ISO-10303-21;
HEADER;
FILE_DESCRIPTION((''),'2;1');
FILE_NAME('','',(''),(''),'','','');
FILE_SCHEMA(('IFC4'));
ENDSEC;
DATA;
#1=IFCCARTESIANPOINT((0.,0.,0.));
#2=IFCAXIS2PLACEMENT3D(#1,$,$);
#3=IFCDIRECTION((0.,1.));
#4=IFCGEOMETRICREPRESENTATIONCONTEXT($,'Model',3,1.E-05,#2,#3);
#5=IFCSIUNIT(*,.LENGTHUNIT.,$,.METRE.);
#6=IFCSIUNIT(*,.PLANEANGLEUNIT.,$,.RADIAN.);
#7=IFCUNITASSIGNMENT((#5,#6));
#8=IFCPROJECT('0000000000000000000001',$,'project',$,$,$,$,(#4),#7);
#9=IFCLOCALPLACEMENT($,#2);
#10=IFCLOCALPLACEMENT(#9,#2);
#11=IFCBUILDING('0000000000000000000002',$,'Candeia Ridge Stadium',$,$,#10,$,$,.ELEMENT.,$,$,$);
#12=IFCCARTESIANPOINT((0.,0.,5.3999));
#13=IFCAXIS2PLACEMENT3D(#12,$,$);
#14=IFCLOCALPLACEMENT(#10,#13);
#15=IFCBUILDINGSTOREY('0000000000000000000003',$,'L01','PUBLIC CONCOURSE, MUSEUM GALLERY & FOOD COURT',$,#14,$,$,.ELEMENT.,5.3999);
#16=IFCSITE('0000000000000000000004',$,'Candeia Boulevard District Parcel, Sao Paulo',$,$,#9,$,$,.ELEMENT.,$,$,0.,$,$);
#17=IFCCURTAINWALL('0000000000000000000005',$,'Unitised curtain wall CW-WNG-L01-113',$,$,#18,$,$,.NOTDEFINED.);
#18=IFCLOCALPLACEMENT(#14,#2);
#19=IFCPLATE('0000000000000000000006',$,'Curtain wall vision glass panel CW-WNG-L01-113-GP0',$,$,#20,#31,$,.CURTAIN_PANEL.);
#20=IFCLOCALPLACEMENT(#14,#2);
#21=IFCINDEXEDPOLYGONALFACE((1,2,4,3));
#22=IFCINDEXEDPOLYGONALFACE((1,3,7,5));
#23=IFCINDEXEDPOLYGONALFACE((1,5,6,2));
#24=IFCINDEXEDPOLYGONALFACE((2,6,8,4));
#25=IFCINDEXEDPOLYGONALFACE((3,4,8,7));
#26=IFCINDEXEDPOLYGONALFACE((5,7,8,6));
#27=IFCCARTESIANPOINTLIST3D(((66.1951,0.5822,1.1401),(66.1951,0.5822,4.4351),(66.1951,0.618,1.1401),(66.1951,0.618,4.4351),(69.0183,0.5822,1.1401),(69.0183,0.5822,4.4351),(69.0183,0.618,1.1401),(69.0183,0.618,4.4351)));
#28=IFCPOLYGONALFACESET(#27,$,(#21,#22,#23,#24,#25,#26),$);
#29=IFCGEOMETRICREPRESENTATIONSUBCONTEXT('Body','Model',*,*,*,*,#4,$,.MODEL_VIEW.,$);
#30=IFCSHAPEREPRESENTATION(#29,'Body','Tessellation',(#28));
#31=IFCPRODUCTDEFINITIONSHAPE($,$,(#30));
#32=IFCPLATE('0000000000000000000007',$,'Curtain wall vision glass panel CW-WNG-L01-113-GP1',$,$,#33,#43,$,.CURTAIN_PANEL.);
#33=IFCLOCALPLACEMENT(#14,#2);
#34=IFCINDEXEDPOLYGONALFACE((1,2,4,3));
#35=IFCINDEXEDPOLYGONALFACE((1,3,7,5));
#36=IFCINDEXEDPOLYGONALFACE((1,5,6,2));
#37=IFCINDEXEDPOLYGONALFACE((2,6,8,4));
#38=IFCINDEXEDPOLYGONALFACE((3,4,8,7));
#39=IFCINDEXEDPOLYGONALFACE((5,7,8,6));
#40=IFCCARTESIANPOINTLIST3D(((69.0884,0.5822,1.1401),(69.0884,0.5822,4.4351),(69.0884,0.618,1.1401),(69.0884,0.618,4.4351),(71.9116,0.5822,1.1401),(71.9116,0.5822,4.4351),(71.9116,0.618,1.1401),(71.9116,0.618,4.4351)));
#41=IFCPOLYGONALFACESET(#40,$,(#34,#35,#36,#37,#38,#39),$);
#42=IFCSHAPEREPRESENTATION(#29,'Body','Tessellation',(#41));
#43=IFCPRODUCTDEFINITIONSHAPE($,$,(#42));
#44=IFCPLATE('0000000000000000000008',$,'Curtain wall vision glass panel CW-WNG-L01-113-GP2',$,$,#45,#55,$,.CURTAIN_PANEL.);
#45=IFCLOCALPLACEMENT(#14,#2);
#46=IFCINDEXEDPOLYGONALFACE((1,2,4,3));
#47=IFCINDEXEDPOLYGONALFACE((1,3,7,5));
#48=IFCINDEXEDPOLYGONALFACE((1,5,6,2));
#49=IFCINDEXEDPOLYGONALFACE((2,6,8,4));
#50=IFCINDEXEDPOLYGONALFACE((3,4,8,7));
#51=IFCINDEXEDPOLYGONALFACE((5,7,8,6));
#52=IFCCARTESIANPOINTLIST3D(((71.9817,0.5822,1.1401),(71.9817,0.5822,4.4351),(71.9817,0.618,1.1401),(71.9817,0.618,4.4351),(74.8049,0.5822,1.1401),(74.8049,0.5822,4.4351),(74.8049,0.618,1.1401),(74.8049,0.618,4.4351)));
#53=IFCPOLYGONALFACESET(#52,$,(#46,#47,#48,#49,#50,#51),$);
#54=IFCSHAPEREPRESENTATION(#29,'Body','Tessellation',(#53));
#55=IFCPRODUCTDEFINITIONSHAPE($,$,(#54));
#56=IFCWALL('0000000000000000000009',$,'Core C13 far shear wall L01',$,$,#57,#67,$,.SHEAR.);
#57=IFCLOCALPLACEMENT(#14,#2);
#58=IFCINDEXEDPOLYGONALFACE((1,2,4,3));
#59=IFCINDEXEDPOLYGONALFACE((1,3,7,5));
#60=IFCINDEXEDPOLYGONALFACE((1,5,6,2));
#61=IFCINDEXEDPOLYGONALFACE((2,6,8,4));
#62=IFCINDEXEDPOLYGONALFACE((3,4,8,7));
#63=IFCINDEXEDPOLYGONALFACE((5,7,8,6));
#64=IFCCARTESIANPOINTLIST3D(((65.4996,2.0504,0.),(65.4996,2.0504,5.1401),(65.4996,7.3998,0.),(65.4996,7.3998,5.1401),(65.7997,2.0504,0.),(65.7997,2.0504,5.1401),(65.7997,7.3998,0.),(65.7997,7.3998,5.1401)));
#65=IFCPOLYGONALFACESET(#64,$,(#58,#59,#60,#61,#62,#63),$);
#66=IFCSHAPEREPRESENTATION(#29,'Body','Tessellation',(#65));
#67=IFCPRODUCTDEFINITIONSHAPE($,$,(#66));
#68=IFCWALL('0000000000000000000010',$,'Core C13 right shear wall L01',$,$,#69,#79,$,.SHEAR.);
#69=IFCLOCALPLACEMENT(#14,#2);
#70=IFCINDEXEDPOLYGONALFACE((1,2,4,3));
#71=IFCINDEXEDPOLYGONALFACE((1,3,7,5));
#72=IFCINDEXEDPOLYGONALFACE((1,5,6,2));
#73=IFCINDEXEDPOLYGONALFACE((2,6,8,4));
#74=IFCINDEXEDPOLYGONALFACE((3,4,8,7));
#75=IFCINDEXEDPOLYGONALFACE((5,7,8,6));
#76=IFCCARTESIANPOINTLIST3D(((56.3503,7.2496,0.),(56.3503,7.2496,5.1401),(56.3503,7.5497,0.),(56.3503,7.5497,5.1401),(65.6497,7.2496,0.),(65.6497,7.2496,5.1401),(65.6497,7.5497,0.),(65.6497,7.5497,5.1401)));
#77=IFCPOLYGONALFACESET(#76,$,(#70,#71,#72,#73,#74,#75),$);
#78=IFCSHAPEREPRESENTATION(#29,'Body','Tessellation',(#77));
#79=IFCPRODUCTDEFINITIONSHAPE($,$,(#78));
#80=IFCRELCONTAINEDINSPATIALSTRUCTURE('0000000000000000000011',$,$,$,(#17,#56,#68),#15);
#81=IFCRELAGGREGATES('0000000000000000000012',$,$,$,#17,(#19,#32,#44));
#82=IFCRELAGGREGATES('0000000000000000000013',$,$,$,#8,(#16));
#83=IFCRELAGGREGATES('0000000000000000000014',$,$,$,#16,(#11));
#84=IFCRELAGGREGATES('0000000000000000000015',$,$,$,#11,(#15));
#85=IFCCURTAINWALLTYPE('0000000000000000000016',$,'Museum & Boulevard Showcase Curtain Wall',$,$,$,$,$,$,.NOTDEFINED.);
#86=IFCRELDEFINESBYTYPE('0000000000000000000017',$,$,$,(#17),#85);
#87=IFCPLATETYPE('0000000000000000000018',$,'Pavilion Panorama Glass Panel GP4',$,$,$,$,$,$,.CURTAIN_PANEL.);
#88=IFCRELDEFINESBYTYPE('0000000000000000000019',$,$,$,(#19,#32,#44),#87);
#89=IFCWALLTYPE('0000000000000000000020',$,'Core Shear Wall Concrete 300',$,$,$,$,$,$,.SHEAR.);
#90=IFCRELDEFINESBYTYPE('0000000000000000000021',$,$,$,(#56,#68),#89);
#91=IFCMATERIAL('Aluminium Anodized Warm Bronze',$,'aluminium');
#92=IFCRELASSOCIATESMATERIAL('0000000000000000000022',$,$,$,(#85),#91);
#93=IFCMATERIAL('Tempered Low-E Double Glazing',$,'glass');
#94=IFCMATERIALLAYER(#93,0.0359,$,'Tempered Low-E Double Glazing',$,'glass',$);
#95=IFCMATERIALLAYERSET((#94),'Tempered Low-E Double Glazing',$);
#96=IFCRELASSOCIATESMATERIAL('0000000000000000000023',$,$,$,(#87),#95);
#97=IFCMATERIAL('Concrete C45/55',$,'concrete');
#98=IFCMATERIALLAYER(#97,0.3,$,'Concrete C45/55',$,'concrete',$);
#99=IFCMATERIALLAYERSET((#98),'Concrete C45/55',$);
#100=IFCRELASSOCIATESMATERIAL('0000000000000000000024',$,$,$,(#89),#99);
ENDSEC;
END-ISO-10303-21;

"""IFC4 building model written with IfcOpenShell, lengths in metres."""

from ifc_helpers import new_model, si_unit, direction, frame, frame_2d, origin, origin_2d, place, context, subcontext, project, spatial, rectangle, extrude, material, layer, layer_set, type_object, element, aggregate, save


model = new_model("IFC4")

# Units and contexts
model_context = context("Model", 3, precision=1e-05, world=origin(), true_north=direction((0.0, 1.0)))
body_context = subcontext(model_context, "Body", "Model", "MODEL_VIEW")
ifc_project = project(units=[si_unit("LENGTHUNIT", "METRE"), si_unit("PLANEANGLEUNIT", "RADIAN")], contexts=[model_context])

# Site, building, storey
site_placement = place(None, origin())
site = spatial("IfcSite", under=ifc_project, at=site_placement, Name="Candeia Boulevard District Parcel, Sao Paulo", CompositionType="ELEMENT", RefElevation=0.0)
building_placement = place(site_placement, origin())
building = spatial("IfcBuilding", under=site, at=building_placement, Name="Candeia Ridge Stadium", CompositionType="ELEMENT")
storey_placement = place(building_placement, frame((0.0, 0.0, 5.3999)))
storey = spatial("IfcBuildingStorey", under=building, at=storey_placement, Name="L01", Description="PUBLIC CONCOURSE, MUSEUM GALLERY & FOOD COURT", CompositionType="ELEMENT", Elevation=5.3999)

# Shared definitions
ifc_material_1 = material(Name="Concrete C45/55", Category="concrete")

# Curtain wall
ifc_material_2 = material(Name="Aluminium Anodized Warm Bronze", Category="aluminium")
curtain_wall_type = type_object("IfcCurtainWallType", Name="Museum & Boulevard Showcase Curtain Wall", PredefinedType="NOTDEFINED", material=ifc_material_2)
curtain_wall_placement = place(storey_placement, origin())
curtain_wall = element("IfcCurtainWall", 1, at=curtain_wall_placement, inside=storey, type_object=curtain_wall_type, Name="Unitised curtain wall CW-WNG-L01-113", PredefinedType="NOTDEFINED")

# Plates
ifc_material_3 = material(Name="Tempered Low-E Double Glazing", Category="glass")
ifc_layer_1 = layer(ifc_material_3, 0.0359, Name="Tempered Low-E Double Glazing", Category="glass")
ifc_layer_set_1 = layer_set([ifc_layer_1], Name="Tempered Low-E Double Glazing")
plate_type_1 = type_object("IfcPlateType", Name="Pavilion Panorama Glass Panel GP4", PredefinedType="CURTAIN_PANEL", material=ifc_layer_set_1)
plate_1_placement = place(storey_placement, frame((67.6067, 0.6001, 1.1401), z_axis=(0.0, 0.0, 1.0), x_axis=(1.0, 0.0, 0.0)))
plate_1 = element("IfcPlate", 2, at=plate_1_placement, type_object=plate_type_1, Name="Curtain wall vision glass panel CW-WNG-L01-113-GP0", PredefinedType="CURTAIN_PANEL", context=body_context, shape_type="SweptSolid", body=[
    extrude(rectangle(XDim=2.8232, YDim=0.0359, at=origin_2d()), origin(), (0.0, 0.0, 1.0), 3.2949),
])
plate_2_placement = place(storey_placement, frame((70.5, 0.6001, 1.1401), z_axis=(0.0, 0.0, 1.0), x_axis=(1.0, 0.0, 0.0)))
plate_2 = element("IfcPlate", 3, at=plate_2_placement, type_object=plate_type_1, Name="Curtain wall vision glass panel CW-WNG-L01-113-GP1", PredefinedType="CURTAIN_PANEL", context=body_context, shape_type="SweptSolid", body=[
    extrude(rectangle(XDim=2.8232, YDim=0.0359, at=origin_2d()), origin(), (0.0, 0.0, 1.0), 3.2949),
])
plate_3_placement = place(storey_placement, frame((73.3933, 0.6001, 1.1401), z_axis=(0.0, 0.0, 1.0), x_axis=(1.0, 0.0, 0.0)))
plate_3 = element("IfcPlate", 4, at=plate_3_placement, type_object=plate_type_1, Name="Curtain wall vision glass panel CW-WNG-L01-113-GP2", PredefinedType="CURTAIN_PANEL", context=body_context, shape_type="SweptSolid", body=[
    extrude(rectangle(XDim=2.8232, YDim=0.0359, at=origin_2d()), origin(), (0.0, 0.0, 1.0), 3.2949),
])
aggregate(curtain_wall, [plate_1, plate_2, plate_3])

# Walls
ifc_layer_2 = layer(ifc_material_1, 0.3, Name="Concrete C45/55", Category="concrete")
ifc_layer_set_2 = layer_set([ifc_layer_2], Name="Concrete C45/55")
wall_type = type_object("IfcWallType", Name="Core Shear Wall Concrete 300", PredefinedType="SHEAR", material=ifc_layer_set_2)
wall_1_placement = place(storey_placement, frame((65.6497, 2.0503, 0.0), z_axis=(0.0, 0.0, 1.0), x_axis=(0.0, 1.0, 0.0)))
element("IfcWall", 5, at=wall_1_placement, inside=storey, type_object=wall_type, Name="Core C13 far shear wall L01", PredefinedType="SHEAR", context=body_context, shape_type="SweptSolid", body=[
    extrude(rectangle(XDim=5.3494, YDim=0.3, at=frame_2d((2.6748, 0.0))), origin(), (0.0, 0.0, 1.0), 5.1401),
])
wall_2_placement = place(storey_placement, frame((65.6497, 7.3997, 0.0), z_axis=(0.0, 0.0, 1.0), x_axis=(-1.0, 0.0, 0.0)))
element("IfcWall", 6, at=wall_2_placement, inside=storey, type_object=wall_type, Name="Core C13 right shear wall L01", PredefinedType="SHEAR", context=body_context, shape_type="SweptSolid", body=[
    extrude(rectangle(XDim=9.2993, YDim=0.3, at=frame_2d((4.6497, 0.0))), origin(), (0.0, 0.0, 1.0), 5.1401),
])

save(model, "model.ifc")
